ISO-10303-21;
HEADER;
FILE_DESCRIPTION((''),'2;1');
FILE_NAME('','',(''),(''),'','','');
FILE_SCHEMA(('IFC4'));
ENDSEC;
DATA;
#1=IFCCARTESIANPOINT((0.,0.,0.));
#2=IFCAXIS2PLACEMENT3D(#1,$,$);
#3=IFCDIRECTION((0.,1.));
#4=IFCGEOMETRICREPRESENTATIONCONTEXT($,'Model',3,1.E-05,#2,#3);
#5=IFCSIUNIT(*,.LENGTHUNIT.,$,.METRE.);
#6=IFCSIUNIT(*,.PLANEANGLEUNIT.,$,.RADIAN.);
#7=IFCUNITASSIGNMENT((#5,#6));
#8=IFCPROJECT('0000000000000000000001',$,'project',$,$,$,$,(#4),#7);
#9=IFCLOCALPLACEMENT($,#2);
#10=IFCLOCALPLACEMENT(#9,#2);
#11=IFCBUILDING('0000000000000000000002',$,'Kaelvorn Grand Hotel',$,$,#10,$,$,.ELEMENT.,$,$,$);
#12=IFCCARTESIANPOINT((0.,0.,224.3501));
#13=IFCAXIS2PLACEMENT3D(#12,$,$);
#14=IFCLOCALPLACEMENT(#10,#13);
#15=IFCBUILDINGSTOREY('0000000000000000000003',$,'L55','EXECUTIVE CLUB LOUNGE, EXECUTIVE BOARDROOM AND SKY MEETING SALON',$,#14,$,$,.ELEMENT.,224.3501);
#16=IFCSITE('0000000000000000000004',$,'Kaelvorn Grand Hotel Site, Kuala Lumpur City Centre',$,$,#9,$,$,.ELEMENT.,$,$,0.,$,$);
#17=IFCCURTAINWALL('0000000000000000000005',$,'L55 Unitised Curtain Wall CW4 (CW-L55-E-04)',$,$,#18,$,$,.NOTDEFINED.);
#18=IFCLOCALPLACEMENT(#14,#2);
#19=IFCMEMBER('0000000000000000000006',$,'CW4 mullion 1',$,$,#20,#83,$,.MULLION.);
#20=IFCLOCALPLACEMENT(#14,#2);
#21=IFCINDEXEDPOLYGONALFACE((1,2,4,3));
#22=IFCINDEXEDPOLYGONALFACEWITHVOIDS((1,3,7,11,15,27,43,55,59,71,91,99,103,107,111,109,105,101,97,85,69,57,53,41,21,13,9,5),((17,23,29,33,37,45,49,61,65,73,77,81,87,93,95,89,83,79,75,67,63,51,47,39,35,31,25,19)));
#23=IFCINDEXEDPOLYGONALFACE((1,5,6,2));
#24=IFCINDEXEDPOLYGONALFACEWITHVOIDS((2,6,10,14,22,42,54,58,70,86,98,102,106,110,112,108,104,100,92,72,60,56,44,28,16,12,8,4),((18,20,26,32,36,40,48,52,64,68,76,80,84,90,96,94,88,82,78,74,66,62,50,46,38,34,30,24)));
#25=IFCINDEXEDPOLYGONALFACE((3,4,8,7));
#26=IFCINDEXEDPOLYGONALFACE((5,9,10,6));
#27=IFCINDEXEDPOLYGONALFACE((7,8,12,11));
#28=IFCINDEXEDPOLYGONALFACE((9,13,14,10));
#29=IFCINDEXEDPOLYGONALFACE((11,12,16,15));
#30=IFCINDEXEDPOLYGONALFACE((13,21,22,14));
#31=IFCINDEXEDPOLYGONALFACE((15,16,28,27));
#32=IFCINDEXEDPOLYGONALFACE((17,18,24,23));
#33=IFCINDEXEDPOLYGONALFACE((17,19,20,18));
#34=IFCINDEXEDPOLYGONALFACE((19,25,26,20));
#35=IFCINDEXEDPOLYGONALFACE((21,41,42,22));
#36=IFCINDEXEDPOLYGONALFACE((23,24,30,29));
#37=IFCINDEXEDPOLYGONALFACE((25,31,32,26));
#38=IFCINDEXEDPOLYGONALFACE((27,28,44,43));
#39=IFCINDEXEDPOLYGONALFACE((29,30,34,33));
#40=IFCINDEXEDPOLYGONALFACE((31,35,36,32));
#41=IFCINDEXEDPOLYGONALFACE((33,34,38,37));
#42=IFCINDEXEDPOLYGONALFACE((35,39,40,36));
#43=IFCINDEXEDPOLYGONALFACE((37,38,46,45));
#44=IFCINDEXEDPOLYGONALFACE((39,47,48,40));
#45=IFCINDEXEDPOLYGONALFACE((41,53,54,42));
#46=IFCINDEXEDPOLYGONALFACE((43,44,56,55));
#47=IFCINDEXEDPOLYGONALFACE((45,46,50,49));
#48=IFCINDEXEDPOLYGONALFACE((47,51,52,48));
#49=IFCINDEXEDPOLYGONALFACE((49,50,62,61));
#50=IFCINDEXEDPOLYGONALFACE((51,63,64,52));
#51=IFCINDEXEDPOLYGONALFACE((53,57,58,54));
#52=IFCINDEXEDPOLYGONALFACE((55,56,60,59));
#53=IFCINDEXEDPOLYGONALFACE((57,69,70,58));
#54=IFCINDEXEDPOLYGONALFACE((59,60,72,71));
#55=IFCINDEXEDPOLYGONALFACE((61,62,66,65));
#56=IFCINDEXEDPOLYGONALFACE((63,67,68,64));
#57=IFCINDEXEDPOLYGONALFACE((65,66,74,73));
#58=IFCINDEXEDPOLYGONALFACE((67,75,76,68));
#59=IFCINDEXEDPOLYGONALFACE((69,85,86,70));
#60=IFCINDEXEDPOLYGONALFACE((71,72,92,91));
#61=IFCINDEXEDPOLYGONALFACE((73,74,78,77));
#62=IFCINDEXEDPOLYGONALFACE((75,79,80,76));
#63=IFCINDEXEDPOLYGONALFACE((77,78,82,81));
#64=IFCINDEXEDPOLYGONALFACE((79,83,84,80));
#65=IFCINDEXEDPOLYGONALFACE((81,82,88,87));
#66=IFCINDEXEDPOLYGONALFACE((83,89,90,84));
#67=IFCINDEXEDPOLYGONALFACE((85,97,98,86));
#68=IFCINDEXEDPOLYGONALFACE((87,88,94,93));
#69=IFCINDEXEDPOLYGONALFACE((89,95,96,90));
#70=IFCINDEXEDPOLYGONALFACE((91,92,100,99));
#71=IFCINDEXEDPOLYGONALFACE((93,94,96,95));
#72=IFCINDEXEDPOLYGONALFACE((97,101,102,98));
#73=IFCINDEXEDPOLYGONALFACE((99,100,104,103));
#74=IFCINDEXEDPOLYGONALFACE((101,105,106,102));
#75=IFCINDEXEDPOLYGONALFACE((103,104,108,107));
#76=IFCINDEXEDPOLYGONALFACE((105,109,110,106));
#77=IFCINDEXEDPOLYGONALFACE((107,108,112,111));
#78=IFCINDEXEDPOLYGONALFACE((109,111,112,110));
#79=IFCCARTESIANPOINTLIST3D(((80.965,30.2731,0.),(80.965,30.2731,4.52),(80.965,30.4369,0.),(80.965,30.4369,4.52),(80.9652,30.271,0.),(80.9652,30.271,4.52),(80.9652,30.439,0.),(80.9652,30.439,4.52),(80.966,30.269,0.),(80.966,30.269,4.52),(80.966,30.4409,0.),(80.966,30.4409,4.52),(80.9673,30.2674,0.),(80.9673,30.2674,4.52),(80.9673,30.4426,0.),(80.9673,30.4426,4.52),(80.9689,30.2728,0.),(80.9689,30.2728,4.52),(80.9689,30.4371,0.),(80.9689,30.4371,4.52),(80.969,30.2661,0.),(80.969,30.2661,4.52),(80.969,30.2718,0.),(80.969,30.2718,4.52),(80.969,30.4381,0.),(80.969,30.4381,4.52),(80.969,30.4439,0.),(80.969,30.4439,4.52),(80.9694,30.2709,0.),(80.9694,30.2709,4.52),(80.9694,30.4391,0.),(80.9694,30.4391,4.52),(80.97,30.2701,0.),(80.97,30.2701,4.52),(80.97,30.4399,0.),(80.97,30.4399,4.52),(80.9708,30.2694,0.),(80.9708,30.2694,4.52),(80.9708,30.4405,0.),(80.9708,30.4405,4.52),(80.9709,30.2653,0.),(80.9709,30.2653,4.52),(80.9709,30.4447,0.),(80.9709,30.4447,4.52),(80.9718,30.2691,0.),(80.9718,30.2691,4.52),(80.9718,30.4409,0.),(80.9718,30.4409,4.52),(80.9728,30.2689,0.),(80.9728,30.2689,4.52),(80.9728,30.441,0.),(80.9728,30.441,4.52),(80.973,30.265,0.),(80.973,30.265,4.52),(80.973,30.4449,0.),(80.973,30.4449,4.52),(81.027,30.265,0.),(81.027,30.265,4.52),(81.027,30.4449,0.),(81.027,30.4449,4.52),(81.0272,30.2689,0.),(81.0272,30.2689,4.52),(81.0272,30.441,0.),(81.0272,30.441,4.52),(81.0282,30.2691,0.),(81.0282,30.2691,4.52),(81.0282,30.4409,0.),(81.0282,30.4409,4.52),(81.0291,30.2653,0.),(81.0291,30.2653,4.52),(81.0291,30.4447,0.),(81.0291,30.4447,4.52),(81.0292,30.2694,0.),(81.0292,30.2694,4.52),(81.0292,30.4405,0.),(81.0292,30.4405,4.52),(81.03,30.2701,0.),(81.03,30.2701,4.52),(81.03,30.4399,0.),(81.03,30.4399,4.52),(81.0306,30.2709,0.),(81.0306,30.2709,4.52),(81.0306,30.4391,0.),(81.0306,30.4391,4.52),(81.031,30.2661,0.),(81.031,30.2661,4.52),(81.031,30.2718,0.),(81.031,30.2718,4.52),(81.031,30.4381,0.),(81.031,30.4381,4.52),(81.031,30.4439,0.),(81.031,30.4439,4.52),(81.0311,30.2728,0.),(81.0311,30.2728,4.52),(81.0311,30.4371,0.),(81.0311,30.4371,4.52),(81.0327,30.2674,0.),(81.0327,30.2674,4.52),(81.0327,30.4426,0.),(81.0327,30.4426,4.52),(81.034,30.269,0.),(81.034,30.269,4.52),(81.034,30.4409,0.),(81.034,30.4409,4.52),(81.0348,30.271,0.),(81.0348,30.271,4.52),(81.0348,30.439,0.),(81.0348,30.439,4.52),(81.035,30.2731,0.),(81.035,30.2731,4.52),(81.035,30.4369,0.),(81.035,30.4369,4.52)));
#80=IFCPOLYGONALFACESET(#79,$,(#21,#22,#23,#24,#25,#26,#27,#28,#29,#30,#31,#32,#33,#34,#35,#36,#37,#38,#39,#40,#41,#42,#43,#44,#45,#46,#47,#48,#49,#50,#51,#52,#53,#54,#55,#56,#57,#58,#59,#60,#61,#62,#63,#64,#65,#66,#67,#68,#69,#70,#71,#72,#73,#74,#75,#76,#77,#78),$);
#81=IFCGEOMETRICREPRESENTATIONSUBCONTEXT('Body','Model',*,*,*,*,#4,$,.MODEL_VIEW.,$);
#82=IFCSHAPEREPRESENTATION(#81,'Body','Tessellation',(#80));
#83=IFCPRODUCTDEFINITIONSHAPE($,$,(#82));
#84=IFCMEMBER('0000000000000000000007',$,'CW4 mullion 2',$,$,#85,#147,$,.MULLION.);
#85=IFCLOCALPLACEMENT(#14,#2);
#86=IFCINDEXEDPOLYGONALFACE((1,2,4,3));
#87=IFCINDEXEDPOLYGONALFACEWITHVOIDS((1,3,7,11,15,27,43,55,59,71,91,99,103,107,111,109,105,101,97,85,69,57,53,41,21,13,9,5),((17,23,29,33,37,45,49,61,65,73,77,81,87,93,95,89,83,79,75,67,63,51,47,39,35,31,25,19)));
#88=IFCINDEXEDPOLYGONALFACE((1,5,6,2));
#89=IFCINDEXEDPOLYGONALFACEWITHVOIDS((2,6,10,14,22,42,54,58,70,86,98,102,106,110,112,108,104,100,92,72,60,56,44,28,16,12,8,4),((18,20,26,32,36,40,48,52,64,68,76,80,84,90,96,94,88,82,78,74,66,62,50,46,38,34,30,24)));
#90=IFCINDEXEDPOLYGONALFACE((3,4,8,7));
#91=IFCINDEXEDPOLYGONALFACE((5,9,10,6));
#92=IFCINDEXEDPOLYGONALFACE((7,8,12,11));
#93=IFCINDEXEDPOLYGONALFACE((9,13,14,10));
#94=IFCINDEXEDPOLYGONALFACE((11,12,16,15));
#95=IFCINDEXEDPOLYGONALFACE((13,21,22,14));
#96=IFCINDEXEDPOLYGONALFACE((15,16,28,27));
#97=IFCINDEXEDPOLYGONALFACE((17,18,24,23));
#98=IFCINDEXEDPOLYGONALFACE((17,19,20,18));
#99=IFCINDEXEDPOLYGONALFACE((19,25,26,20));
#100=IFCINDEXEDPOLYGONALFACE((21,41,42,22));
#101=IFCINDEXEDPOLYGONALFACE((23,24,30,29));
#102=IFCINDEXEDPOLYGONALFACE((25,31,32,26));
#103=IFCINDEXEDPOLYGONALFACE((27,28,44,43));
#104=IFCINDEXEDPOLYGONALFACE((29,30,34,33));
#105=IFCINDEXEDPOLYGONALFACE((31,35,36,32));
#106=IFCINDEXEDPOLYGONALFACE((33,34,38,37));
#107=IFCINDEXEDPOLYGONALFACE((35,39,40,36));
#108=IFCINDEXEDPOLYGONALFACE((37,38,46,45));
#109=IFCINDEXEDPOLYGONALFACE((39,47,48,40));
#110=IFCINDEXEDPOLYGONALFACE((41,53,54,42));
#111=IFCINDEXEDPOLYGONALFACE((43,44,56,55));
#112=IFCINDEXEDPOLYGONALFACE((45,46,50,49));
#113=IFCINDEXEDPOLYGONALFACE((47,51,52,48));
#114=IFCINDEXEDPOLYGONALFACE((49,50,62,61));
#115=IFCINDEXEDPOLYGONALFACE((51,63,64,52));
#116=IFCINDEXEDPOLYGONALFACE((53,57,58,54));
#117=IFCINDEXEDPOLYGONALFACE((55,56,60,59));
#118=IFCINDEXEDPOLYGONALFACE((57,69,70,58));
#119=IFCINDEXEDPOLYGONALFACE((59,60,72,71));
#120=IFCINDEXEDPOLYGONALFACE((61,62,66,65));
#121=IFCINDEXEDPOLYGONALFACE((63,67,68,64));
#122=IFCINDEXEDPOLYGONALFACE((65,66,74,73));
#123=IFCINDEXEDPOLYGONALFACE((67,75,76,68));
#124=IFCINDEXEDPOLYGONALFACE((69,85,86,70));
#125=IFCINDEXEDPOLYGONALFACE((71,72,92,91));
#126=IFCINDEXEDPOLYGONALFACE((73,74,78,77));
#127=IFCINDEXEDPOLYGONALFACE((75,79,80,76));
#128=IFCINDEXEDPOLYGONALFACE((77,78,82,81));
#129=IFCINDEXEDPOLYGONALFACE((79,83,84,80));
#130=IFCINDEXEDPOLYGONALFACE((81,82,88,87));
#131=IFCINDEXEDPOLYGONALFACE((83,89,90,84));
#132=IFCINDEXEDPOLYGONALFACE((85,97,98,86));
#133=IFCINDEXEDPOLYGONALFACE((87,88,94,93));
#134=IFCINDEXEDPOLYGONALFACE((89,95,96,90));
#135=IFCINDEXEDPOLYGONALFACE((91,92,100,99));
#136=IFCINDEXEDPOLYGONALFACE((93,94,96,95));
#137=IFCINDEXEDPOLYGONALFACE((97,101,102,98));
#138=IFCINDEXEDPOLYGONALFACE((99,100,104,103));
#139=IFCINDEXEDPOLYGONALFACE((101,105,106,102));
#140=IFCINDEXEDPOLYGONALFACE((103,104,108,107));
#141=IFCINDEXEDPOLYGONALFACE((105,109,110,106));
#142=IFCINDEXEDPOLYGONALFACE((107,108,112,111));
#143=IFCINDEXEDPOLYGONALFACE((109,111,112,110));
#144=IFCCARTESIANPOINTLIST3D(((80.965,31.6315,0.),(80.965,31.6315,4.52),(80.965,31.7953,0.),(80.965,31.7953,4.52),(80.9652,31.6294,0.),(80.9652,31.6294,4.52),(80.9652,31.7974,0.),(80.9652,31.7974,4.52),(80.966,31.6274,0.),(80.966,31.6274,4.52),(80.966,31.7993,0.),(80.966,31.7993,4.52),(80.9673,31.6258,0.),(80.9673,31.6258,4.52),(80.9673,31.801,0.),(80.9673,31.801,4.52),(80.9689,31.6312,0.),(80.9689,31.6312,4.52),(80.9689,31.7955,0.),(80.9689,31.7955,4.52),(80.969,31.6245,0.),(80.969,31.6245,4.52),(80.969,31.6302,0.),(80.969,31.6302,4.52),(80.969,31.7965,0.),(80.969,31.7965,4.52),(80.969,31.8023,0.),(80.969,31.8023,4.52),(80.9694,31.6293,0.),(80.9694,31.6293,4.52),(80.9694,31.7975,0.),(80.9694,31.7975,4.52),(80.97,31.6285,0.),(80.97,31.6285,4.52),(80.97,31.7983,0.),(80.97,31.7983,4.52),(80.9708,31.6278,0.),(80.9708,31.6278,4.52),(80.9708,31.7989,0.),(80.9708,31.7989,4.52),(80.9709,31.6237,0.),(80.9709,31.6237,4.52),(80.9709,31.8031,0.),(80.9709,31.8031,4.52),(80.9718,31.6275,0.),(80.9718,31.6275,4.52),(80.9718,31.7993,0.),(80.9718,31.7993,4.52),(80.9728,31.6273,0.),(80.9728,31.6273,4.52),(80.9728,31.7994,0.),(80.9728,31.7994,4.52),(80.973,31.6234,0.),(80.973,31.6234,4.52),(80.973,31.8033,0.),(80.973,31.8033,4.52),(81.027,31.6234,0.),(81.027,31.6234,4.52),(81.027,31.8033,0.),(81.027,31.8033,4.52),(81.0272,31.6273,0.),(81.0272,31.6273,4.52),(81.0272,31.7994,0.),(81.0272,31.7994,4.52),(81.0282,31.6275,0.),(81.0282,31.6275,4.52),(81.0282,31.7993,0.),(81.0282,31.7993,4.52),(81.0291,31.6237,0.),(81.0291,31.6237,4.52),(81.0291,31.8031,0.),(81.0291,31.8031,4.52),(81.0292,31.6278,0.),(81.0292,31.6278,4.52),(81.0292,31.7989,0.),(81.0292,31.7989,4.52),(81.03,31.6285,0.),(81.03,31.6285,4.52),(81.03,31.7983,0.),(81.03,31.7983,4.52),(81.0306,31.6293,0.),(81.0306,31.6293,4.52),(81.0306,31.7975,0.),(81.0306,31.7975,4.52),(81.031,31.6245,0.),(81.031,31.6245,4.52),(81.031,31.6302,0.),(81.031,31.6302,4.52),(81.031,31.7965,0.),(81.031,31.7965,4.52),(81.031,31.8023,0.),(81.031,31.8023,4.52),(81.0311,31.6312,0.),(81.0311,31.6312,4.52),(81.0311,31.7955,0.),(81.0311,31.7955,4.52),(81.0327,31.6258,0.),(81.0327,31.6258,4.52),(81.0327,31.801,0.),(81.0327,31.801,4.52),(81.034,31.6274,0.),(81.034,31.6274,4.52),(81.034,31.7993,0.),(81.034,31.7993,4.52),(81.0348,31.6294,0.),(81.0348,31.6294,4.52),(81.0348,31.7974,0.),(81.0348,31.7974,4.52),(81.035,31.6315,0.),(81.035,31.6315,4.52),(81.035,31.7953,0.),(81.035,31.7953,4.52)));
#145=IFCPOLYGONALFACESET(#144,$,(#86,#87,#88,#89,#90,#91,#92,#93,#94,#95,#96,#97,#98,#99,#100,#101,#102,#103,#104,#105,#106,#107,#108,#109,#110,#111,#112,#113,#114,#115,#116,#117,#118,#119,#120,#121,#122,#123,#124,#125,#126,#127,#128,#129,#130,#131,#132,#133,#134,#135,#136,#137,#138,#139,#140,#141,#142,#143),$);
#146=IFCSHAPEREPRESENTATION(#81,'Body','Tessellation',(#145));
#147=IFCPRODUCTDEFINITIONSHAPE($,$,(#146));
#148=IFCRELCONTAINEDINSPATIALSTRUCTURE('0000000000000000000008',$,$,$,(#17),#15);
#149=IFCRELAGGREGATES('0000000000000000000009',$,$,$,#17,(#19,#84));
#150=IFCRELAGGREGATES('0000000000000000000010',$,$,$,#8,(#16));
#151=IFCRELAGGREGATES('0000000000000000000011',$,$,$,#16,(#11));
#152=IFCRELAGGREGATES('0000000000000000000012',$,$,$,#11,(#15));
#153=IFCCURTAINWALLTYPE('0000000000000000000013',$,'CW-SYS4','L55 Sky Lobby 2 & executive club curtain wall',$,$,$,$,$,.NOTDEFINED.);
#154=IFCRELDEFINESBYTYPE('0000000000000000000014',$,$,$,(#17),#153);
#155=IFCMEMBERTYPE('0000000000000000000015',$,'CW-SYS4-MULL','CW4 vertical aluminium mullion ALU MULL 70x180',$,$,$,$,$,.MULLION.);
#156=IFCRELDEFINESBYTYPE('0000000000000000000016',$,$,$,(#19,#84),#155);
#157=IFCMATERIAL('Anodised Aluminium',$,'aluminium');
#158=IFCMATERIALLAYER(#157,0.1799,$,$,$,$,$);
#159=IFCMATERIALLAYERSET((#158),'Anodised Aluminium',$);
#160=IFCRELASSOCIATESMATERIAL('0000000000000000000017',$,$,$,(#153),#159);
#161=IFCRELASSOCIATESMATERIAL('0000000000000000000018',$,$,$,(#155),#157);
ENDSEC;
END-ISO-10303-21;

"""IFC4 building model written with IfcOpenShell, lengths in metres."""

from ifc_helpers import new_model, si_unit, direction, frame, origin, origin_2d, place, context, subcontext, project, spatial, hollow_rectangle, extrude, material, layer, layer_set, material_profile, profile_set, type_object, element, aggregate, save


model = new_model("IFC4")

# Units and contexts
model_context = context("Model", 3, precision=1e-05, world=origin(), true_north=direction((0.0, 1.0)))
body_context = subcontext(model_context, "Body", "Model", "MODEL_VIEW")
ifc_project = project(units=[si_unit("LENGTHUNIT", "METRE"), si_unit("PLANEANGLEUNIT", "RADIAN")], contexts=[model_context])

# Site, building, storey
site_placement = place(None, origin())
site = spatial("IfcSite", under=ifc_project, at=site_placement, Name="Kaelvorn Grand Hotel Site, Kuala Lumpur City Centre", CompositionType="ELEMENT", RefElevation=0.0)
building_placement = place(site_placement, origin())
building = spatial("IfcBuilding", under=site, at=building_placement, Name="Kaelvorn Grand Hotel", CompositionType="ELEMENT")
storey_placement = place(building_placement, frame((0.0, 0.0, 224.3501)))
storey = spatial("IfcBuildingStorey", under=building, at=storey_placement, Name="L55", Description="EXECUTIVE CLUB LOUNGE, EXECUTIVE BOARDROOM AND SKY MEETING SALON", CompositionType="ELEMENT", Elevation=224.3501)

# Shared definitions
ifc_material_1 = material(Name="Anodised Aluminium", Category="aluminium")
ifc_layer_1 = layer(ifc_material_1, 0.1799)
ifc_layer_set_1 = layer_set([ifc_layer_1], Name="Anodised Aluminium")
curtain_wall_type = type_object("IfcCurtainWallType", Name="CW-SYS4", Description="L55 Sky Lobby 2 & executive club curtain wall", PredefinedType="NOTDEFINED", material=ifc_layer_set_1)
ifc_material_profile_1 = material_profile(ifc_material_1, hollow_rectangle(XDim=0.0701, YDim=0.1799, WallThickness=0.0039, InnerFilletRadius=0.0039, OuterFilletRadius=0.0081, at=origin_2d()), Name="ALU MULL 70x180")
ifc_profile_set_1 = profile_set([ifc_material_profile_1], Name="Anodised Aluminium")
member_type_1 = type_object("IfcMemberType", Name="CW-SYS4-MULL", Description="CW4 vertical aluminium mullion ALU MULL 70x180", PredefinedType="MULLION", material=ifc_profile_set_1)

# Curtain wall, members
curtain_wall_1_placement = place(storey_placement, origin())
curtain_wall_1 = element("IfcCurtainWall", 1, at=curtain_wall_1_placement, inside=storey, type_object=curtain_wall_type, Name="L55 Unitised Curtain Wall CW4 (CW-L55-E-04)", PredefinedType="NOTDEFINED")
member_1_placement = place(storey_placement, frame((81.0, 30.355, 0.0), z_axis=(0.0, 0.0, 1.0), x_axis=(-1.0, 0.0, 0.0)))
member_1 = element("IfcMember", 2, at=member_1_placement, type_object=member_type_1, Name="CW4 mullion 1", PredefinedType="MULLION", context=body_context, shape_type="SweptSolid", body=[
    extrude(hollow_rectangle(XDim=0.0701, YDim=0.1799, WallThickness=0.0039, InnerFilletRadius=0.0039, OuterFilletRadius=0.0081, at=origin_2d()), origin(), (0.0, 0.0, 1.0), 4.52),
])
member_2_placement = place(storey_placement, frame((81.0, 31.7134, 0.0), z_axis=(0.0, 0.0, 1.0), x_axis=(-1.0, 0.0, 0.0)))
member_2 = element("IfcMember", 3, at=member_2_placement, type_object=member_type_1, Name="CW4 mullion 2", PredefinedType="MULLION", context=body_context, shape_type="SweptSolid", body=[
    extrude(hollow_rectangle(XDim=0.0701, YDim=0.1799, WallThickness=0.0039, InnerFilletRadius=0.0039, OuterFilletRadius=0.0081, at=origin_2d()), origin(), (0.0, 0.0, 1.0), 4.52),
])

aggregate(curtain_wall_1, [member_1, member_2])

save(model, "model.ifc")
